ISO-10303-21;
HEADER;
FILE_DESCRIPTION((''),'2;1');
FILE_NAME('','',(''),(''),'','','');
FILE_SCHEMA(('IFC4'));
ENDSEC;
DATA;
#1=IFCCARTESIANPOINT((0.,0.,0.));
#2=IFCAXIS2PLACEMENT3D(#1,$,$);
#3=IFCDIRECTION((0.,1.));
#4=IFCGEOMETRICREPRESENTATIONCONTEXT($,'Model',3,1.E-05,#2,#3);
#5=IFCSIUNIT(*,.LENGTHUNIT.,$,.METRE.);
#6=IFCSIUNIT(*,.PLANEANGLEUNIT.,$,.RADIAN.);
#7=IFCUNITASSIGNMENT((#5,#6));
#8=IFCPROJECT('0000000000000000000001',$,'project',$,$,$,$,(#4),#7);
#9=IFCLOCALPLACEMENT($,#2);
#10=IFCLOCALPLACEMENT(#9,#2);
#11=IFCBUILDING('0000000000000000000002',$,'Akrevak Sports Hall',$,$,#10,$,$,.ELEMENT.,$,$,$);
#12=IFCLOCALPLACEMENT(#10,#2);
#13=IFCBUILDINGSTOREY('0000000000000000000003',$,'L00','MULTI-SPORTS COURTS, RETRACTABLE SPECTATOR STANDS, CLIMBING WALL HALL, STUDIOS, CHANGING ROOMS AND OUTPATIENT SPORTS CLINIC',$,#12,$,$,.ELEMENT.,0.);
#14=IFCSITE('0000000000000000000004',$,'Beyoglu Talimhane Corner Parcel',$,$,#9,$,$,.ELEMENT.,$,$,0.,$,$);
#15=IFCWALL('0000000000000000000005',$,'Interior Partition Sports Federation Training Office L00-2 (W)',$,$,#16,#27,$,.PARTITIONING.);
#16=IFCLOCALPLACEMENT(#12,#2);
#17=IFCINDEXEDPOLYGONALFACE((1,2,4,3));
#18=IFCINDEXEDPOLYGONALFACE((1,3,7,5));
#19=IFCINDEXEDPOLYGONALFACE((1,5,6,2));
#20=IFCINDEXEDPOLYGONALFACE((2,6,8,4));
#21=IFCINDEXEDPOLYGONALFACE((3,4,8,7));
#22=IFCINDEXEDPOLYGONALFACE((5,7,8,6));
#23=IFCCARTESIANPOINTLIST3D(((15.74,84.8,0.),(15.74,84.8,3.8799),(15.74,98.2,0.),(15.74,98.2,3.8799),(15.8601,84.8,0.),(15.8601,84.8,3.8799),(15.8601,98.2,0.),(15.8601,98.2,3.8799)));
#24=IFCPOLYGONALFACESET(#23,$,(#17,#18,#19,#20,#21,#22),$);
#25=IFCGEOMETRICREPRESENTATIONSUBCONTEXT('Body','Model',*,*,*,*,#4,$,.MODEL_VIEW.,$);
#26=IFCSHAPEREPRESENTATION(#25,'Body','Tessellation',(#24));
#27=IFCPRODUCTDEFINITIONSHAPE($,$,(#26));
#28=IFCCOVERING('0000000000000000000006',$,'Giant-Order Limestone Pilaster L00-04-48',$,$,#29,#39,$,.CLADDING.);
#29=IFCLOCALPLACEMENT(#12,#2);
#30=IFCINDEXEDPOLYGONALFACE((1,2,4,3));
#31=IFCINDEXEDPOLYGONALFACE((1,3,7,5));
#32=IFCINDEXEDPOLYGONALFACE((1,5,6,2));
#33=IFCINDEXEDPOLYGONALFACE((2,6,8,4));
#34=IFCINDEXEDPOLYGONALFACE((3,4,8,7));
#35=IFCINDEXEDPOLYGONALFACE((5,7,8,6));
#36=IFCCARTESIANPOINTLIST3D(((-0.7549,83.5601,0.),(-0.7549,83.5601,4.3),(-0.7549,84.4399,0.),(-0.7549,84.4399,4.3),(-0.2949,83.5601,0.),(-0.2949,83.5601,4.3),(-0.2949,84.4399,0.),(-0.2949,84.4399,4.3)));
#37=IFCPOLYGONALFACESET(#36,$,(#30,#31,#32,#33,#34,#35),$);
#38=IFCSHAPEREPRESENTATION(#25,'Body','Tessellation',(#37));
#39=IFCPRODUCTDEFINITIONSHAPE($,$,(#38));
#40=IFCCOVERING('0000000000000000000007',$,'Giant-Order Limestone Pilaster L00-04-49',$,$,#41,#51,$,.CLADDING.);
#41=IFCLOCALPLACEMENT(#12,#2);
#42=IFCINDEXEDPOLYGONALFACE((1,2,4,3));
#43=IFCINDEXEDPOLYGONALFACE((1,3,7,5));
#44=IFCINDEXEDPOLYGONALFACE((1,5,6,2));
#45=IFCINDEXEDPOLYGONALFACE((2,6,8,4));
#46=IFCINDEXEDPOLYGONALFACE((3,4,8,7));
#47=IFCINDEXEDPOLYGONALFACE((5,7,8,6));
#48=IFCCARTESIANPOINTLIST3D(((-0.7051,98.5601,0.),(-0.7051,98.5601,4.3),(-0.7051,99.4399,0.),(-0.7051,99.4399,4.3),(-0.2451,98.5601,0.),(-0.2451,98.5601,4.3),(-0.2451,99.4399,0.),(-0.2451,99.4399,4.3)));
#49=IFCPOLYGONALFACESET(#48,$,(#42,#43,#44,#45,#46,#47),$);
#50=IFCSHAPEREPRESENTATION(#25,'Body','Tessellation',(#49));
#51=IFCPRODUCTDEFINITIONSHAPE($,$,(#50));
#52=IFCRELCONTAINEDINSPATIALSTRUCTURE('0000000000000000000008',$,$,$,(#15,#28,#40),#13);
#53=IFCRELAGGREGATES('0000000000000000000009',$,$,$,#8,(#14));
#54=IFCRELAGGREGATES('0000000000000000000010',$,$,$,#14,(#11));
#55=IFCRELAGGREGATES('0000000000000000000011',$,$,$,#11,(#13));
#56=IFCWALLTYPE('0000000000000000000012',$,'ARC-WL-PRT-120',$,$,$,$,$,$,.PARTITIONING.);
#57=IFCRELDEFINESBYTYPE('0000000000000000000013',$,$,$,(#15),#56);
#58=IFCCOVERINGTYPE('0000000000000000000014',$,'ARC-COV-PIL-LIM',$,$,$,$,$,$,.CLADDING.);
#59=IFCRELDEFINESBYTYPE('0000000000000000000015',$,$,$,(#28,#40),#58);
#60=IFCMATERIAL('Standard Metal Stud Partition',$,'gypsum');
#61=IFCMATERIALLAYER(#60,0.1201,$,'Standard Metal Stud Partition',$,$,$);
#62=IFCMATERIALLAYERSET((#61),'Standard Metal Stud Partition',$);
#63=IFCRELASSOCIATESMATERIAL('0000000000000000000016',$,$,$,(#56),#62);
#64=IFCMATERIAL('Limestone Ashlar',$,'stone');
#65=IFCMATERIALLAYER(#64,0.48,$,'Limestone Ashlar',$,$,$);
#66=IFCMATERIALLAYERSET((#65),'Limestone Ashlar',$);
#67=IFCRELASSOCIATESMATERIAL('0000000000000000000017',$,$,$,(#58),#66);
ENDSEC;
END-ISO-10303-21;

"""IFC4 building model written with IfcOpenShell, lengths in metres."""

from ifc_helpers import new_model, si_unit, direction, frame, frame_2d, origin, origin_2d, place, context, subcontext, project, spatial, rectangle, extrude, material, layer, layer_set, type_object, element, save


model = new_model("IFC4")

# Units and contexts
model_context = context("Model", 3, precision=1e-05, world=origin(), true_north=direction((0.0, 1.0)))
body_context = subcontext(model_context, "Body", "Model", "MODEL_VIEW")
ifc_project = project(units=[si_unit("LENGTHUNIT", "METRE"), si_unit("PLANEANGLEUNIT", "RADIAN")], contexts=[model_context])

# Site, building, storey
site_placement = place(None, origin())
site = spatial("IfcSite", under=ifc_project, at=site_placement, Name="Beyoglu Talimhane Corner Parcel", CompositionType="ELEMENT", RefElevation=0.0)
building_placement = place(site_placement, origin())
building = spatial("IfcBuilding", under=site, at=building_placement, Name="Akrevak Sports Hall", CompositionType="ELEMENT")
storey_placement = place(building_placement, origin())
storey = spatial("IfcBuildingStorey", under=building, at=storey_placement, Name="L00", Description="MULTI-SPORTS COURTS, RETRACTABLE SPECTATOR STANDS, CLIMBING WALL HALL, STUDIOS, CHANGING ROOMS AND OUTPATIENT SPORTS CLINIC", CompositionType="ELEMENT", Elevation=0.0)

# Shared definitions
ifc_material_1 = material(Name="Limestone Ashlar", Category="stone")

# Shared definitions
ifc_material_2 = material(Name="Standard Metal Stud Partition", Category="gypsum")
ifc_layer_1 = layer(ifc_material_2, 0.1201, Name="Standard Metal Stud Partition")
ifc_layer_set_1 = layer_set([ifc_layer_1], Name="Standard Metal Stud Partition")
wall_type_1 = type_object("IfcWallType", Name="ARC-WL-PRT-120", PredefinedType="PARTITIONING", material=ifc_layer_set_1)

# Wall
for number, where, z_axis, x_axis, name in (
    (1, (15.8, 84.8, 0.0), (0.0, 0.0, 1.0), (0.0, 1.0, 0.0), "Interior Partition Sports Federation Training Office L00-2 (W)"),
):
    element("IfcWall", number, at=place(storey_placement, frame(where, z_axis=z_axis, x_axis=x_axis)), inside=storey, type_object=wall_type_1, Name=name, PredefinedType="PARTITIONING", context=body_context, shape_type="SweptSolid", body=[
        extrude(rectangle(XDim=13.3999, YDim=0.1201, at=frame_2d((6.7, 0.0))), origin(), (0.0, 0.0, 1.0), 3.8799),
    ])

# Coverings
ifc_layer_2 = layer(ifc_material_1, 0.48, Name="Limestone Ashlar")
ifc_layer_set_2 = layer_set([ifc_layer_2], Name="Limestone Ashlar")
covering_type = type_object("IfcCoveringType", Name="ARC-COV-PIL-LIM", PredefinedType="CLADDING", material=ifc_layer_set_2)
for number, where, z_axis, x_axis, name in (
    (2, (-0.5249, 84.0, 0.0), (0.0, 0.0, 1.0), (0.0, -1.0, 0.0), "Giant-Order Limestone Pilaster L00-04-48"),
    (3, (-0.4751, 99.0, 0.0), (0.0, 0.0, 1.0), (0.0, -1.0, 0.0), "Giant-Order Limestone Pilaster L00-04-49"),
):
    element("IfcCovering", number, at=place(storey_placement, frame(where, z_axis=z_axis, x_axis=x_axis)), inside=storey, type_object=covering_type, Name=name, PredefinedType="CLADDING", context=body_context, shape_type="SweptSolid", body=[
        extrude(rectangle(XDim=0.8799, YDim=0.46, at=origin_2d()), origin(), (0.0, 0.0, 1.0), 4.3),
    ])

save(model, "model.ifc")
